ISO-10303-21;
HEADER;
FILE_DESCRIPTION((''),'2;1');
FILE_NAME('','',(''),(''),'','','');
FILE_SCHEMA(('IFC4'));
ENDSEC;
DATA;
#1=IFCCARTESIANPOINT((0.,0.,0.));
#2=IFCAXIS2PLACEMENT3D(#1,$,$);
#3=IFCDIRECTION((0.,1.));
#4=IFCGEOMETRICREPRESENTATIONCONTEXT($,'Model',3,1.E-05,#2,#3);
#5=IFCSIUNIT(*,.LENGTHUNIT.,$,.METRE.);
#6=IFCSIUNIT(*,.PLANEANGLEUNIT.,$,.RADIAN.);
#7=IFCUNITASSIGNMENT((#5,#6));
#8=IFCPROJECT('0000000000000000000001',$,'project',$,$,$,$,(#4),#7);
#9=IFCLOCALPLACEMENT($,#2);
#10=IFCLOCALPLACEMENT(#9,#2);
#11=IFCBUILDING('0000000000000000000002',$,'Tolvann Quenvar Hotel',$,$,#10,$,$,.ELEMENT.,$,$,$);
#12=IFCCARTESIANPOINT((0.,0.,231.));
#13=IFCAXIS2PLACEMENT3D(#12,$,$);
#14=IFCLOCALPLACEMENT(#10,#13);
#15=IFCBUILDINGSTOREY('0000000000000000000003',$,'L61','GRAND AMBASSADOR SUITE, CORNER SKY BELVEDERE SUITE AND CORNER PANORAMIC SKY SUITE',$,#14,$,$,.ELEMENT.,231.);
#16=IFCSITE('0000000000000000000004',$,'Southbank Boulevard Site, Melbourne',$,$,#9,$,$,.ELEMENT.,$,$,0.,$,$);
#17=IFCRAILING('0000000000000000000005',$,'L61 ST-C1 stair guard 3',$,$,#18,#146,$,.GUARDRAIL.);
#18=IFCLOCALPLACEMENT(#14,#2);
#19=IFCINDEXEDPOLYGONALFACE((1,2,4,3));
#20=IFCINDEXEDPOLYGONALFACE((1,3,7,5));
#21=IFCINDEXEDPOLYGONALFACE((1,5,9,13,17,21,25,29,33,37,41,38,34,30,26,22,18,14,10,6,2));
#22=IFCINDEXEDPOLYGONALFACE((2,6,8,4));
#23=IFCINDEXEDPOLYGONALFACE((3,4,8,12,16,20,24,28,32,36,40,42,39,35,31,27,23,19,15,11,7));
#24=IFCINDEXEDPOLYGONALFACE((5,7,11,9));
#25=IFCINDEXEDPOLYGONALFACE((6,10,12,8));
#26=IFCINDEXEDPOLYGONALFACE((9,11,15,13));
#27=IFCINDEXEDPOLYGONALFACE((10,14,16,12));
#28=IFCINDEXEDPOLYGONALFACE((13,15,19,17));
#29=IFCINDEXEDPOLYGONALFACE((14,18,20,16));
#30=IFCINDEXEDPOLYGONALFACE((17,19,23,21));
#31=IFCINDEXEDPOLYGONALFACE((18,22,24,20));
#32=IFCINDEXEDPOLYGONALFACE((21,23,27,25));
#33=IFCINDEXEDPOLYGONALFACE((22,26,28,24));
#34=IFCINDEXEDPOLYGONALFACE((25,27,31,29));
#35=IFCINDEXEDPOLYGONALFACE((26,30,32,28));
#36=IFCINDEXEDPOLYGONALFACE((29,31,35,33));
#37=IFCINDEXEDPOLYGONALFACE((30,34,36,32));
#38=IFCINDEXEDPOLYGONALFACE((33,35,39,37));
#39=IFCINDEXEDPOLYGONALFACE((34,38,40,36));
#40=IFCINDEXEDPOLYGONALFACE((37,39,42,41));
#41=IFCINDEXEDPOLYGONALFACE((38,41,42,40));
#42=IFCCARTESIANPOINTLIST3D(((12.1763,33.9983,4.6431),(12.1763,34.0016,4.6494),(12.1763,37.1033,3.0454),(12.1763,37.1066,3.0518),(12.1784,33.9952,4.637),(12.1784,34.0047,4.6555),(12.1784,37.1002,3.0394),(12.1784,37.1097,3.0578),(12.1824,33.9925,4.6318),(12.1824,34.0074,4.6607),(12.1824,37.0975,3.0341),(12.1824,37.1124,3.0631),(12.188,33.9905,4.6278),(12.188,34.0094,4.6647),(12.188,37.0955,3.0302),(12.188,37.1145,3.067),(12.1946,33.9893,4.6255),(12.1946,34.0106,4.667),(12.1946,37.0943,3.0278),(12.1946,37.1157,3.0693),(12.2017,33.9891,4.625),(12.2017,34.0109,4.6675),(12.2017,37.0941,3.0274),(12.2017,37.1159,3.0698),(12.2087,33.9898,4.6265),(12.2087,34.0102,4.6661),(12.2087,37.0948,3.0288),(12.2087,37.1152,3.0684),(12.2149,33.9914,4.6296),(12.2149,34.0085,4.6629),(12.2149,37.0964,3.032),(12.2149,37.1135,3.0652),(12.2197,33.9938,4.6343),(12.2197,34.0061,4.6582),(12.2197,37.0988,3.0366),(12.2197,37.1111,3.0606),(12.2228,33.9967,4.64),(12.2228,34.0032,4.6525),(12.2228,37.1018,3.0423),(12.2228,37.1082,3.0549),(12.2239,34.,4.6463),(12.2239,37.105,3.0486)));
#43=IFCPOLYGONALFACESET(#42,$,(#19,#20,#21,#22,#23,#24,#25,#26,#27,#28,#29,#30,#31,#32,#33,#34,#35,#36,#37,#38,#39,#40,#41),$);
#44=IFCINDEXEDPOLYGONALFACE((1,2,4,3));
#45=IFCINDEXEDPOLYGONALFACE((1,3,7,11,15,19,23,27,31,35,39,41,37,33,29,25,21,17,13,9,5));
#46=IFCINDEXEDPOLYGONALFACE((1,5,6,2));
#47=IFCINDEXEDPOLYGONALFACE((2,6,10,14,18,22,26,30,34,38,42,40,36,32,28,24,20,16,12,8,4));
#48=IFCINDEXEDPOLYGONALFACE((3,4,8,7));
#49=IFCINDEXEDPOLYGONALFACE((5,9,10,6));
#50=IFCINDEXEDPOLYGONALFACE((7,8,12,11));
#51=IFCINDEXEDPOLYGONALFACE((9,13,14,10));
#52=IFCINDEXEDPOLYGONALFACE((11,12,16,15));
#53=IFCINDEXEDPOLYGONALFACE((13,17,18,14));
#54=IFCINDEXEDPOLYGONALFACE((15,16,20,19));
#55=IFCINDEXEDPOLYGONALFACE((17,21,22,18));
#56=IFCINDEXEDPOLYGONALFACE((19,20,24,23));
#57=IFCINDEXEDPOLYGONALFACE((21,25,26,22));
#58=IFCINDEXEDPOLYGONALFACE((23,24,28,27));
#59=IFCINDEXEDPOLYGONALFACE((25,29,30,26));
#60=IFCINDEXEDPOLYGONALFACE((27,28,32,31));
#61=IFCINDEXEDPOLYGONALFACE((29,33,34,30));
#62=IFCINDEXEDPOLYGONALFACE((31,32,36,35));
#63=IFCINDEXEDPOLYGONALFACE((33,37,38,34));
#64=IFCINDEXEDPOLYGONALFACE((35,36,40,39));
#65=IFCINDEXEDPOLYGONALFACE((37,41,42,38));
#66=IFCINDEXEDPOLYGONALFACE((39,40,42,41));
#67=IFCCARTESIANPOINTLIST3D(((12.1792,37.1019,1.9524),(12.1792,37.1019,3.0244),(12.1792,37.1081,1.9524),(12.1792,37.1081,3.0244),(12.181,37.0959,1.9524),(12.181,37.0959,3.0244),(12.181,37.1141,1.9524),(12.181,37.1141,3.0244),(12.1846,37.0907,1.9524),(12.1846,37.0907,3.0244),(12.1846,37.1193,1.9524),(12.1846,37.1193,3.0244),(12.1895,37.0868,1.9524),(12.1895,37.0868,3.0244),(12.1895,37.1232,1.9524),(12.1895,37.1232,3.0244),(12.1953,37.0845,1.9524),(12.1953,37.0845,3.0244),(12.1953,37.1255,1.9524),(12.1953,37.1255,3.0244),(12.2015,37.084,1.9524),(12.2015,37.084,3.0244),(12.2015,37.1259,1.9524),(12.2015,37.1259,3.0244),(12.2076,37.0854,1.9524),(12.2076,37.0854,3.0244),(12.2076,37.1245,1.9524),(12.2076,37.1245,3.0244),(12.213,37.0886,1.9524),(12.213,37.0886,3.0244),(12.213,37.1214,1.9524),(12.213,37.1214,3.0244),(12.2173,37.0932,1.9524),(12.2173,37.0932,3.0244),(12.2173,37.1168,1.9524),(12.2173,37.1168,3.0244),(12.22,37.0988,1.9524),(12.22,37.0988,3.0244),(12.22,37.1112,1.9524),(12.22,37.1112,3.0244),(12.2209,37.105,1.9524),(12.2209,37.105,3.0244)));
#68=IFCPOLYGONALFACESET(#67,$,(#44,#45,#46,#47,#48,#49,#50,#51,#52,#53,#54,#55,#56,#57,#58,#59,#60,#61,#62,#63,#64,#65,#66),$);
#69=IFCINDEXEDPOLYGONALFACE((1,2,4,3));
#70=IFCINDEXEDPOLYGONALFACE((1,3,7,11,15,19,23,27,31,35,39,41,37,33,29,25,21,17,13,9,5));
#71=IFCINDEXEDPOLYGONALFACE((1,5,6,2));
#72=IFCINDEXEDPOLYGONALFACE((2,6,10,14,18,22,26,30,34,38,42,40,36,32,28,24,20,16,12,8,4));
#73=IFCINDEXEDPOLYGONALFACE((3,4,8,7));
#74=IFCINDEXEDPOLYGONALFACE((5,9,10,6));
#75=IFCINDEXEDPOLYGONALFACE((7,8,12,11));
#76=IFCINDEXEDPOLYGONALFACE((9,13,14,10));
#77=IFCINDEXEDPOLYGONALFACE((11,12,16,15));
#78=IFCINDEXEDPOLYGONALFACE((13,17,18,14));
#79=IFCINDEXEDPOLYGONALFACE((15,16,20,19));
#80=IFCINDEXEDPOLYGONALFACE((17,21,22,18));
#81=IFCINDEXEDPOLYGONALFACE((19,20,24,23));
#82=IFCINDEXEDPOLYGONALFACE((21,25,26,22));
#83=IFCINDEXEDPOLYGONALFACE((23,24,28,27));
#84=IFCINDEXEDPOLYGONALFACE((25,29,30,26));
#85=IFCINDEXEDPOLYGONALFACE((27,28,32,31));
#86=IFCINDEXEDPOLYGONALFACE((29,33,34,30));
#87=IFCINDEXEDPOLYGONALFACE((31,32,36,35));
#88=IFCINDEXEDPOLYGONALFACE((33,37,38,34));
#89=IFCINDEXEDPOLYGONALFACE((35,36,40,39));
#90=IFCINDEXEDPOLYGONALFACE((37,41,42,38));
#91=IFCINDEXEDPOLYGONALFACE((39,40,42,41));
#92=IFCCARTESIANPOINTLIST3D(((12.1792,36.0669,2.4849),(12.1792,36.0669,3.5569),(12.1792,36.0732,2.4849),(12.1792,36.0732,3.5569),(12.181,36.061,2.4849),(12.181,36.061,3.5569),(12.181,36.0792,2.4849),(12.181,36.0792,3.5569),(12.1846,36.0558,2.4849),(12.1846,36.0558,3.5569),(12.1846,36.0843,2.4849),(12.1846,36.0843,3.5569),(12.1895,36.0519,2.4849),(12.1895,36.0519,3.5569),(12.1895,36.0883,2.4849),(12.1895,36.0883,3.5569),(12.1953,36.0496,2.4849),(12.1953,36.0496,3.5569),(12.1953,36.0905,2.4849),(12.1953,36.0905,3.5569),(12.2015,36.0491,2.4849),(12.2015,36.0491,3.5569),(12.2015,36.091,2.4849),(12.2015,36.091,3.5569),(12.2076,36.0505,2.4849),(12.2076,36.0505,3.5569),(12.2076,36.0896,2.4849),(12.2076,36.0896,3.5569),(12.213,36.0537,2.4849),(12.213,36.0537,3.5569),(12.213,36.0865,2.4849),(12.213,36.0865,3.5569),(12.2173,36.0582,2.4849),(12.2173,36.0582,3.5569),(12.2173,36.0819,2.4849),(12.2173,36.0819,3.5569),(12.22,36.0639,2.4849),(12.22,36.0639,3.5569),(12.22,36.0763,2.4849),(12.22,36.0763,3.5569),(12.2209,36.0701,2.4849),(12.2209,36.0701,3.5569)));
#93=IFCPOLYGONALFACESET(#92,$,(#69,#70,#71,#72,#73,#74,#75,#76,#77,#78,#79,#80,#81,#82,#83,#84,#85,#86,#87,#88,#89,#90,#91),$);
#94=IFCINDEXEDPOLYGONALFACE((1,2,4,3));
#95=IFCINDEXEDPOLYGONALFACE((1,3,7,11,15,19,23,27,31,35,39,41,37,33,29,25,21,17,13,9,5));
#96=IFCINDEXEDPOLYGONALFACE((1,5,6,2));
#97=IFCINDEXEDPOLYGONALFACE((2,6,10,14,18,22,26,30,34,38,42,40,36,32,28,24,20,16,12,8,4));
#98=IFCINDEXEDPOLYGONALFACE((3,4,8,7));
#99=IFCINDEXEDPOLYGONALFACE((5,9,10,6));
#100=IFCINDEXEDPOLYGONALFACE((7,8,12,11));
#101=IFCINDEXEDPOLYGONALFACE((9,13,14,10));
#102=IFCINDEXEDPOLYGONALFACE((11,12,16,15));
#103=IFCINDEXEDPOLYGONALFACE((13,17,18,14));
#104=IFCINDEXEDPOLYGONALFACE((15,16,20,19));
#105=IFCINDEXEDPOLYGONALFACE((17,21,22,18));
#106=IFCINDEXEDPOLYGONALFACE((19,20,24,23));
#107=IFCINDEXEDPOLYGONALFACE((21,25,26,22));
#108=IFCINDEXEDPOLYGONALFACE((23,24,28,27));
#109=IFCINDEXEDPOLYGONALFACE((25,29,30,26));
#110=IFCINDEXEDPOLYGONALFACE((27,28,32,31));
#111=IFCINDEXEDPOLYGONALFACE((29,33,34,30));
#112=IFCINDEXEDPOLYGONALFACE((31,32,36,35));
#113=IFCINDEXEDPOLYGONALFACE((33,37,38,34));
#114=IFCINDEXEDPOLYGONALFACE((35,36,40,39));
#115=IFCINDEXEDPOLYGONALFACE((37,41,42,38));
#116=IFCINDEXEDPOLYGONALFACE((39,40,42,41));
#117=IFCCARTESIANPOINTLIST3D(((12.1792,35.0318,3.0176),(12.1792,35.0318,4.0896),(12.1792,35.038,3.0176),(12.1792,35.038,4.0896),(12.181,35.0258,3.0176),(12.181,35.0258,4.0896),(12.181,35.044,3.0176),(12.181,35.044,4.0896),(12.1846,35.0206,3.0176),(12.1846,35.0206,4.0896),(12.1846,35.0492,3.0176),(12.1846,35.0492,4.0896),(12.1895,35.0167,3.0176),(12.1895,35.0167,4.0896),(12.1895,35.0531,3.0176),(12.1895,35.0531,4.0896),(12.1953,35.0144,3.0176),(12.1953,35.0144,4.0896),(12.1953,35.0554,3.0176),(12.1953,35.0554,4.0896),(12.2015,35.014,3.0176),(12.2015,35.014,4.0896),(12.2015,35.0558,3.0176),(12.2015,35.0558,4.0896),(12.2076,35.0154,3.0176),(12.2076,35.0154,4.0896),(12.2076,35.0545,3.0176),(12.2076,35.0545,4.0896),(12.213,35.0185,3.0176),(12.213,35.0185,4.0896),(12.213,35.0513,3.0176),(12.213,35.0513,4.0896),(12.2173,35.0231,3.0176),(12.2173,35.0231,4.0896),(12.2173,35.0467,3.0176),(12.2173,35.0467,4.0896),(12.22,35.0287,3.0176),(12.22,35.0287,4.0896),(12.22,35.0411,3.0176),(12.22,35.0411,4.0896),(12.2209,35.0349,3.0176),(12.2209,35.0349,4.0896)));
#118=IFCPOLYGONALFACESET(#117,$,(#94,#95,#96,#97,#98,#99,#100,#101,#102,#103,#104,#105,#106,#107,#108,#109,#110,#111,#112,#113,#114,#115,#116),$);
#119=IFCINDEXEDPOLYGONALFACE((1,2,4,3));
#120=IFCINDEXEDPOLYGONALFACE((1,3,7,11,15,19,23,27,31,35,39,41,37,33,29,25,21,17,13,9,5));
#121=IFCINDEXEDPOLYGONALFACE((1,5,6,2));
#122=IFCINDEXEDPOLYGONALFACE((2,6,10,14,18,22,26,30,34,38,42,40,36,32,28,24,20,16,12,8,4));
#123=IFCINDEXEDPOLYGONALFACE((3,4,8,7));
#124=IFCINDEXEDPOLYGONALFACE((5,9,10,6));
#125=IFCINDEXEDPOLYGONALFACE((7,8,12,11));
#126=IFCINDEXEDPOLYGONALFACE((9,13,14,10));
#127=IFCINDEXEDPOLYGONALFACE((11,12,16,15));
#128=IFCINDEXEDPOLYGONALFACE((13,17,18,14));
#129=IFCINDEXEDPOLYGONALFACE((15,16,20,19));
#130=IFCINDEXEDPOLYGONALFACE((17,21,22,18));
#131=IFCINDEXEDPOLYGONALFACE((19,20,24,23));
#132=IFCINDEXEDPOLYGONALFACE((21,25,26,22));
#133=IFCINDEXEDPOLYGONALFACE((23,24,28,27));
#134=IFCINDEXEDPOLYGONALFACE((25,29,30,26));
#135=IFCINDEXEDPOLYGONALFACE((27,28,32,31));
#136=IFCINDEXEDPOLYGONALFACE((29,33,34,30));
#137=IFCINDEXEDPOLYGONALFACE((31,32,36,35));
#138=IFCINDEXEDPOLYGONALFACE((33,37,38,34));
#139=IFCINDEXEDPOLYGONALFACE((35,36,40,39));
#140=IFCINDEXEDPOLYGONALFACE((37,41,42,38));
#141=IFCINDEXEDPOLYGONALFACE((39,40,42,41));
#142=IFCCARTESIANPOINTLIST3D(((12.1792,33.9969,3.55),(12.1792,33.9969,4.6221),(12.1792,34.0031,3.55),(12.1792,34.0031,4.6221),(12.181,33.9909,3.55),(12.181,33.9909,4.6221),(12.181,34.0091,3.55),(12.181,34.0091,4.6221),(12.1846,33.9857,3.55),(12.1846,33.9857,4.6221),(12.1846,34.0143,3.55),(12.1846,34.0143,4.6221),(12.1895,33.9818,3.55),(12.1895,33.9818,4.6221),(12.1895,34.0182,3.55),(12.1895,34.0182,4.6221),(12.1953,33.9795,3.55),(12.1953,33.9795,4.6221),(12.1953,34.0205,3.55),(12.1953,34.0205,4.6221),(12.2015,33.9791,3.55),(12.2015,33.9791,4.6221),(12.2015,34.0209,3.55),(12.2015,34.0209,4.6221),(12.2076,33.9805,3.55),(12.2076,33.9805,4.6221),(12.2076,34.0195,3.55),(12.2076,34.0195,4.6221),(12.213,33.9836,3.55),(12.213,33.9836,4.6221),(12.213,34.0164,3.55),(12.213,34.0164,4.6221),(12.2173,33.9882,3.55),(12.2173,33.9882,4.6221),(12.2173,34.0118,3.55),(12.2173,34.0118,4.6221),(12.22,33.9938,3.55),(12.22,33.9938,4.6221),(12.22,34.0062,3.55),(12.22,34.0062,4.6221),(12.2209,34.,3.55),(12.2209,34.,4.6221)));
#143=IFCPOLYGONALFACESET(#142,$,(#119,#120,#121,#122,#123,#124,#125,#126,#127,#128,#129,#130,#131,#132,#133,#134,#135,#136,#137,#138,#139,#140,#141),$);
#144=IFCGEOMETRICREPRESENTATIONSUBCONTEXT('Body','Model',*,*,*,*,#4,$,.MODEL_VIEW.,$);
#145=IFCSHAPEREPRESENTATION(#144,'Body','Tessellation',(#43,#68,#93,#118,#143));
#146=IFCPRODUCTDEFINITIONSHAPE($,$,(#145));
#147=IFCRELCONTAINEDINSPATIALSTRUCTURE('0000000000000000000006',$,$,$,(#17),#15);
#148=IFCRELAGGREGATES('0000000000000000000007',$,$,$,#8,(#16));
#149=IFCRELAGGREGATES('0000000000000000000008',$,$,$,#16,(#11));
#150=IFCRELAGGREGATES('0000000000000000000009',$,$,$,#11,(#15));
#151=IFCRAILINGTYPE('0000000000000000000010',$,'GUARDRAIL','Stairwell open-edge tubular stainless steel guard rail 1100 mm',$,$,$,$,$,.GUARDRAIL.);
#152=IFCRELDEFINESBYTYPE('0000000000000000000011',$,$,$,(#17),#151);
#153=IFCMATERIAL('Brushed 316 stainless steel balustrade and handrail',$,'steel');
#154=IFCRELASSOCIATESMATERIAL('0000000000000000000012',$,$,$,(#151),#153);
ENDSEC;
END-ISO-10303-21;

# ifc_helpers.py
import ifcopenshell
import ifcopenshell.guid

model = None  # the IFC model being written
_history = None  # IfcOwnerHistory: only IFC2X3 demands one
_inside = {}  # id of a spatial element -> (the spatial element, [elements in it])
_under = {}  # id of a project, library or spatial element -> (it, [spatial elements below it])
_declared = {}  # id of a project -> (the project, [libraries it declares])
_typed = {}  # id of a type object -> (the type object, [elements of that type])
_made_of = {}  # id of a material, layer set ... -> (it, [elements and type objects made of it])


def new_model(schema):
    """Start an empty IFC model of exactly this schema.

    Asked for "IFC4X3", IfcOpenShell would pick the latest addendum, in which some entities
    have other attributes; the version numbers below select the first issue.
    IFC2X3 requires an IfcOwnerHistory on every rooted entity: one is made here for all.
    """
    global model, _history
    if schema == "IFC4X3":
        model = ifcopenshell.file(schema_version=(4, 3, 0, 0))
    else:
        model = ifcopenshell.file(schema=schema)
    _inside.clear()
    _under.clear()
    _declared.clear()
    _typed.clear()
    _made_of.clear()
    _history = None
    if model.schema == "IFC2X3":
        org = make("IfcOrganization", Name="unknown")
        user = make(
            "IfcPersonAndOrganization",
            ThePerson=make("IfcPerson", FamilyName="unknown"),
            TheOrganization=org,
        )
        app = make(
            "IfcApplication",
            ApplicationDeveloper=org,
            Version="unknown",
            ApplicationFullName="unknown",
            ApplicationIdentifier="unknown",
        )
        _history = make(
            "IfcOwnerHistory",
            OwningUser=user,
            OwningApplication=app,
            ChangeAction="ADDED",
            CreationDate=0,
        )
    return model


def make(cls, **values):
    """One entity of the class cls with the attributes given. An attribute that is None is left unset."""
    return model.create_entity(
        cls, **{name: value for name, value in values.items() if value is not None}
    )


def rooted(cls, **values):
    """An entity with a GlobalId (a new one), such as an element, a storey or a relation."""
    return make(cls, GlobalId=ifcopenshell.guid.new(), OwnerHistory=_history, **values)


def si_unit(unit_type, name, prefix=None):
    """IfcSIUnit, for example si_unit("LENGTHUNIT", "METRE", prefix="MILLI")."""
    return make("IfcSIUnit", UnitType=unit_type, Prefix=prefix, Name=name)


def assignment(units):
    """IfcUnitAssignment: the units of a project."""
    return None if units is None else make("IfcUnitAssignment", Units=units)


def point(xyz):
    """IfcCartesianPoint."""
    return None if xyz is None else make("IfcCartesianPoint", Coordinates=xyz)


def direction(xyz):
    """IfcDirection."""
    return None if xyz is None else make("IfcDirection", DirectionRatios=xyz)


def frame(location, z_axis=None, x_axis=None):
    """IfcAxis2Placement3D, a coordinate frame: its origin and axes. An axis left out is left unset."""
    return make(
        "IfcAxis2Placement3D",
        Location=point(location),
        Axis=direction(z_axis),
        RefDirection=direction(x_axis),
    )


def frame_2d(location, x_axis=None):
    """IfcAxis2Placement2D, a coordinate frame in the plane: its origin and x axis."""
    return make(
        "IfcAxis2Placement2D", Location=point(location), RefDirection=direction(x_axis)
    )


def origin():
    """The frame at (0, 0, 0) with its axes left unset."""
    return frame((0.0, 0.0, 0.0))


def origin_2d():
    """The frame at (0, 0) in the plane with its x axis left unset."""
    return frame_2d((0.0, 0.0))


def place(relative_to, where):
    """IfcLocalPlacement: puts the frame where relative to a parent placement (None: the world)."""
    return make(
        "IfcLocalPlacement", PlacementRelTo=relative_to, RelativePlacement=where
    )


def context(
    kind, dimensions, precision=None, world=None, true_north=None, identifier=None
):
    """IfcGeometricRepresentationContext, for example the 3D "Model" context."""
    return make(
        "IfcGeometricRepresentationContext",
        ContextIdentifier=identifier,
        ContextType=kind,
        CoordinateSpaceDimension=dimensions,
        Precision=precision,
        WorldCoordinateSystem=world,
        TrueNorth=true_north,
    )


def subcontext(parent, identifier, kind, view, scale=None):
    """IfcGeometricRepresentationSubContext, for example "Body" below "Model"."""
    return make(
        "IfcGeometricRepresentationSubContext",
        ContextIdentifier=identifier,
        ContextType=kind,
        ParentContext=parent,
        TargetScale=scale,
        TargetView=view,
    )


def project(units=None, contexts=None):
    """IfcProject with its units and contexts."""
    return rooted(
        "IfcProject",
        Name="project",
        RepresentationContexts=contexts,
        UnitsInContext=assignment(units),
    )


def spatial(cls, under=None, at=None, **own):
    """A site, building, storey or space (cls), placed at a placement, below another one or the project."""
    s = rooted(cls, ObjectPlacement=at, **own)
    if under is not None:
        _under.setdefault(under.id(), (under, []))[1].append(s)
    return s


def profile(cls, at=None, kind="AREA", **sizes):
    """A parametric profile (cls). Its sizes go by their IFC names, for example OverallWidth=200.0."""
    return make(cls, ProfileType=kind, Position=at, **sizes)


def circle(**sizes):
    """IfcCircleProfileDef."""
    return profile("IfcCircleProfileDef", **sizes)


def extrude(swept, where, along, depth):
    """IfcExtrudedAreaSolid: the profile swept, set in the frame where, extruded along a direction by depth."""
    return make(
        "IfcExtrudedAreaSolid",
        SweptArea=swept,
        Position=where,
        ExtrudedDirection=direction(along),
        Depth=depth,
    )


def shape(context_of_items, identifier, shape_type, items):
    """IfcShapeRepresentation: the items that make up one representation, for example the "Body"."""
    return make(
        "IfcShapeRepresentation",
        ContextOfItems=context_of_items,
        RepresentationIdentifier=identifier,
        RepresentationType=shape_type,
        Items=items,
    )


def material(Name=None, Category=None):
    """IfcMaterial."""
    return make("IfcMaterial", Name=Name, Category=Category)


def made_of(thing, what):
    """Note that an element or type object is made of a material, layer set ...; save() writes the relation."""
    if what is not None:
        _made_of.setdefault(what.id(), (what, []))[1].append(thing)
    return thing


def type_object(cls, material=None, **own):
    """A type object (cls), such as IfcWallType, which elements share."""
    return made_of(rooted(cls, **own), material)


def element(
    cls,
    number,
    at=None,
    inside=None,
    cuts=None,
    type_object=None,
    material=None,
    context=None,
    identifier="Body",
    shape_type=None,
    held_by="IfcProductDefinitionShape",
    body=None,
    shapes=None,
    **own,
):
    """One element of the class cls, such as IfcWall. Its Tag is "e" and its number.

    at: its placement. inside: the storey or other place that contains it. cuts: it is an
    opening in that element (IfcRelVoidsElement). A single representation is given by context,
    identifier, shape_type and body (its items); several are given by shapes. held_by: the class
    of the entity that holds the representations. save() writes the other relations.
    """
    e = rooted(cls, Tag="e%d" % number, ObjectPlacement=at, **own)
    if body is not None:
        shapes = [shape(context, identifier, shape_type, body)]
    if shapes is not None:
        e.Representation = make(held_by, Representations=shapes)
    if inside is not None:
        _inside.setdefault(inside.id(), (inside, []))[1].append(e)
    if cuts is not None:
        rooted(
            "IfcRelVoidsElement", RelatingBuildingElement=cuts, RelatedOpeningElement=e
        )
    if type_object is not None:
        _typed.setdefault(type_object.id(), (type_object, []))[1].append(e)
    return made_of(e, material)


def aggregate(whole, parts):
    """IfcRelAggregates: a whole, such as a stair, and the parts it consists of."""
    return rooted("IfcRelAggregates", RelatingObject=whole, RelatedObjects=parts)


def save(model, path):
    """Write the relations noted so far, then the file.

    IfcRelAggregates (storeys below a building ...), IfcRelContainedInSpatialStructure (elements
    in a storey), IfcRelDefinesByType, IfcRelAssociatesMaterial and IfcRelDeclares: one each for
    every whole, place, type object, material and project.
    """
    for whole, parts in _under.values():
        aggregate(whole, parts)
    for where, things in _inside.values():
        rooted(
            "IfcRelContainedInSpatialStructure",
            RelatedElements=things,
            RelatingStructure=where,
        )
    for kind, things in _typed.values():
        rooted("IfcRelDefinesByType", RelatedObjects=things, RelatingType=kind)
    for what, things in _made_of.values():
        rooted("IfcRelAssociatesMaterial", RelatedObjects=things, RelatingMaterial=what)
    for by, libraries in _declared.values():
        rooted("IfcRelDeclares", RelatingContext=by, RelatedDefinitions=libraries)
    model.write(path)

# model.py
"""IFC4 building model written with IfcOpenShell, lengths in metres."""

from ifc_helpers import new_model, si_unit, direction, frame, origin, origin_2d, place, context, subcontext, project, spatial, circle, extrude, material, type_object, element, save


model = new_model("IFC4")

# Units and contexts
model_context = context("Model", 3, precision=1e-05, world=origin(), true_north=direction((0.0, 1.0)))
body_context = subcontext(model_context, "Body", "Model", "MODEL_VIEW")
ifc_project = project(units=[si_unit("LENGTHUNIT", "METRE"), si_unit("PLANEANGLEUNIT", "RADIAN")], contexts=[model_context])

# Site, building, storey
site_placement = place(None, origin())
site = spatial("IfcSite", under=ifc_project, at=site_placement, Name="Southbank Boulevard Site, Melbourne", CompositionType="ELEMENT", RefElevation=0.0)
building_placement = place(site_placement, origin())
building = spatial("IfcBuilding", under=site, at=building_placement, Name="Tolvann Quenvar Hotel", CompositionType="ELEMENT")
storey_placement = place(building_placement, frame((0.0, 0.0, 231.0)))
storey = spatial("IfcBuildingStorey", under=building, at=storey_placement, Name="L61", Description="GRAND AMBASSADOR SUITE, CORNER SKY BELVEDERE SUITE AND CORNER PANORAMIC SKY SUITE", CompositionType="ELEMENT", Elevation=231.0)

# Railing
ifc_material_1 = material(Name="Brushed 316 stainless steel balustrade and handrail", Category="steel")
railing_type_1 = type_object("IfcRailingType", Name="GUARDRAIL", Description="Stairwell open-edge tubular stainless steel guard rail 1100 mm", PredefinedType="GUARDRAIL", material=ifc_material_1)
railing_1_placement = place(storey_placement, frame((12.2, 37.105, 1.9524)))
element("IfcRailing", 1, at=railing_1_placement, inside=storey, type_object=railing_type_1, Name="L61 ST-C1 stair guard 3", PredefinedType="GUARDRAIL", context=body_context, shape_type="SweptSolid", body=[
    extrude(circle(Radius=0.0239, at=origin_2d()), frame((0.0, 0.0, 1.0962), z_axis=(0.0, -0.889194, 0.457531), x_axis=(1.0, 0.0, 0.0)), (0.0, 0.0, 1.0), 3.4919),
    extrude(circle(Radius=0.021, at=origin_2d()), origin(), (0.0, 0.0, 1.0), 1.072),
    extrude(circle(Radius=0.021, at=origin_2d()), frame((0.0, -1.0349, 0.5325)), (0.0, 0.0, 1.0), 1.072),
    extrude(circle(Radius=0.021, at=origin_2d()), frame((0.0, -2.0701, 1.0652)), (0.0, 0.0, 1.0), 1.072),
    extrude(circle(Radius=0.021, at=origin_2d()), frame((0.0, -3.105, 1.5977)), (0.0, 0.0, 1.0), 1.072),
])

save(model, "model.ifc")
